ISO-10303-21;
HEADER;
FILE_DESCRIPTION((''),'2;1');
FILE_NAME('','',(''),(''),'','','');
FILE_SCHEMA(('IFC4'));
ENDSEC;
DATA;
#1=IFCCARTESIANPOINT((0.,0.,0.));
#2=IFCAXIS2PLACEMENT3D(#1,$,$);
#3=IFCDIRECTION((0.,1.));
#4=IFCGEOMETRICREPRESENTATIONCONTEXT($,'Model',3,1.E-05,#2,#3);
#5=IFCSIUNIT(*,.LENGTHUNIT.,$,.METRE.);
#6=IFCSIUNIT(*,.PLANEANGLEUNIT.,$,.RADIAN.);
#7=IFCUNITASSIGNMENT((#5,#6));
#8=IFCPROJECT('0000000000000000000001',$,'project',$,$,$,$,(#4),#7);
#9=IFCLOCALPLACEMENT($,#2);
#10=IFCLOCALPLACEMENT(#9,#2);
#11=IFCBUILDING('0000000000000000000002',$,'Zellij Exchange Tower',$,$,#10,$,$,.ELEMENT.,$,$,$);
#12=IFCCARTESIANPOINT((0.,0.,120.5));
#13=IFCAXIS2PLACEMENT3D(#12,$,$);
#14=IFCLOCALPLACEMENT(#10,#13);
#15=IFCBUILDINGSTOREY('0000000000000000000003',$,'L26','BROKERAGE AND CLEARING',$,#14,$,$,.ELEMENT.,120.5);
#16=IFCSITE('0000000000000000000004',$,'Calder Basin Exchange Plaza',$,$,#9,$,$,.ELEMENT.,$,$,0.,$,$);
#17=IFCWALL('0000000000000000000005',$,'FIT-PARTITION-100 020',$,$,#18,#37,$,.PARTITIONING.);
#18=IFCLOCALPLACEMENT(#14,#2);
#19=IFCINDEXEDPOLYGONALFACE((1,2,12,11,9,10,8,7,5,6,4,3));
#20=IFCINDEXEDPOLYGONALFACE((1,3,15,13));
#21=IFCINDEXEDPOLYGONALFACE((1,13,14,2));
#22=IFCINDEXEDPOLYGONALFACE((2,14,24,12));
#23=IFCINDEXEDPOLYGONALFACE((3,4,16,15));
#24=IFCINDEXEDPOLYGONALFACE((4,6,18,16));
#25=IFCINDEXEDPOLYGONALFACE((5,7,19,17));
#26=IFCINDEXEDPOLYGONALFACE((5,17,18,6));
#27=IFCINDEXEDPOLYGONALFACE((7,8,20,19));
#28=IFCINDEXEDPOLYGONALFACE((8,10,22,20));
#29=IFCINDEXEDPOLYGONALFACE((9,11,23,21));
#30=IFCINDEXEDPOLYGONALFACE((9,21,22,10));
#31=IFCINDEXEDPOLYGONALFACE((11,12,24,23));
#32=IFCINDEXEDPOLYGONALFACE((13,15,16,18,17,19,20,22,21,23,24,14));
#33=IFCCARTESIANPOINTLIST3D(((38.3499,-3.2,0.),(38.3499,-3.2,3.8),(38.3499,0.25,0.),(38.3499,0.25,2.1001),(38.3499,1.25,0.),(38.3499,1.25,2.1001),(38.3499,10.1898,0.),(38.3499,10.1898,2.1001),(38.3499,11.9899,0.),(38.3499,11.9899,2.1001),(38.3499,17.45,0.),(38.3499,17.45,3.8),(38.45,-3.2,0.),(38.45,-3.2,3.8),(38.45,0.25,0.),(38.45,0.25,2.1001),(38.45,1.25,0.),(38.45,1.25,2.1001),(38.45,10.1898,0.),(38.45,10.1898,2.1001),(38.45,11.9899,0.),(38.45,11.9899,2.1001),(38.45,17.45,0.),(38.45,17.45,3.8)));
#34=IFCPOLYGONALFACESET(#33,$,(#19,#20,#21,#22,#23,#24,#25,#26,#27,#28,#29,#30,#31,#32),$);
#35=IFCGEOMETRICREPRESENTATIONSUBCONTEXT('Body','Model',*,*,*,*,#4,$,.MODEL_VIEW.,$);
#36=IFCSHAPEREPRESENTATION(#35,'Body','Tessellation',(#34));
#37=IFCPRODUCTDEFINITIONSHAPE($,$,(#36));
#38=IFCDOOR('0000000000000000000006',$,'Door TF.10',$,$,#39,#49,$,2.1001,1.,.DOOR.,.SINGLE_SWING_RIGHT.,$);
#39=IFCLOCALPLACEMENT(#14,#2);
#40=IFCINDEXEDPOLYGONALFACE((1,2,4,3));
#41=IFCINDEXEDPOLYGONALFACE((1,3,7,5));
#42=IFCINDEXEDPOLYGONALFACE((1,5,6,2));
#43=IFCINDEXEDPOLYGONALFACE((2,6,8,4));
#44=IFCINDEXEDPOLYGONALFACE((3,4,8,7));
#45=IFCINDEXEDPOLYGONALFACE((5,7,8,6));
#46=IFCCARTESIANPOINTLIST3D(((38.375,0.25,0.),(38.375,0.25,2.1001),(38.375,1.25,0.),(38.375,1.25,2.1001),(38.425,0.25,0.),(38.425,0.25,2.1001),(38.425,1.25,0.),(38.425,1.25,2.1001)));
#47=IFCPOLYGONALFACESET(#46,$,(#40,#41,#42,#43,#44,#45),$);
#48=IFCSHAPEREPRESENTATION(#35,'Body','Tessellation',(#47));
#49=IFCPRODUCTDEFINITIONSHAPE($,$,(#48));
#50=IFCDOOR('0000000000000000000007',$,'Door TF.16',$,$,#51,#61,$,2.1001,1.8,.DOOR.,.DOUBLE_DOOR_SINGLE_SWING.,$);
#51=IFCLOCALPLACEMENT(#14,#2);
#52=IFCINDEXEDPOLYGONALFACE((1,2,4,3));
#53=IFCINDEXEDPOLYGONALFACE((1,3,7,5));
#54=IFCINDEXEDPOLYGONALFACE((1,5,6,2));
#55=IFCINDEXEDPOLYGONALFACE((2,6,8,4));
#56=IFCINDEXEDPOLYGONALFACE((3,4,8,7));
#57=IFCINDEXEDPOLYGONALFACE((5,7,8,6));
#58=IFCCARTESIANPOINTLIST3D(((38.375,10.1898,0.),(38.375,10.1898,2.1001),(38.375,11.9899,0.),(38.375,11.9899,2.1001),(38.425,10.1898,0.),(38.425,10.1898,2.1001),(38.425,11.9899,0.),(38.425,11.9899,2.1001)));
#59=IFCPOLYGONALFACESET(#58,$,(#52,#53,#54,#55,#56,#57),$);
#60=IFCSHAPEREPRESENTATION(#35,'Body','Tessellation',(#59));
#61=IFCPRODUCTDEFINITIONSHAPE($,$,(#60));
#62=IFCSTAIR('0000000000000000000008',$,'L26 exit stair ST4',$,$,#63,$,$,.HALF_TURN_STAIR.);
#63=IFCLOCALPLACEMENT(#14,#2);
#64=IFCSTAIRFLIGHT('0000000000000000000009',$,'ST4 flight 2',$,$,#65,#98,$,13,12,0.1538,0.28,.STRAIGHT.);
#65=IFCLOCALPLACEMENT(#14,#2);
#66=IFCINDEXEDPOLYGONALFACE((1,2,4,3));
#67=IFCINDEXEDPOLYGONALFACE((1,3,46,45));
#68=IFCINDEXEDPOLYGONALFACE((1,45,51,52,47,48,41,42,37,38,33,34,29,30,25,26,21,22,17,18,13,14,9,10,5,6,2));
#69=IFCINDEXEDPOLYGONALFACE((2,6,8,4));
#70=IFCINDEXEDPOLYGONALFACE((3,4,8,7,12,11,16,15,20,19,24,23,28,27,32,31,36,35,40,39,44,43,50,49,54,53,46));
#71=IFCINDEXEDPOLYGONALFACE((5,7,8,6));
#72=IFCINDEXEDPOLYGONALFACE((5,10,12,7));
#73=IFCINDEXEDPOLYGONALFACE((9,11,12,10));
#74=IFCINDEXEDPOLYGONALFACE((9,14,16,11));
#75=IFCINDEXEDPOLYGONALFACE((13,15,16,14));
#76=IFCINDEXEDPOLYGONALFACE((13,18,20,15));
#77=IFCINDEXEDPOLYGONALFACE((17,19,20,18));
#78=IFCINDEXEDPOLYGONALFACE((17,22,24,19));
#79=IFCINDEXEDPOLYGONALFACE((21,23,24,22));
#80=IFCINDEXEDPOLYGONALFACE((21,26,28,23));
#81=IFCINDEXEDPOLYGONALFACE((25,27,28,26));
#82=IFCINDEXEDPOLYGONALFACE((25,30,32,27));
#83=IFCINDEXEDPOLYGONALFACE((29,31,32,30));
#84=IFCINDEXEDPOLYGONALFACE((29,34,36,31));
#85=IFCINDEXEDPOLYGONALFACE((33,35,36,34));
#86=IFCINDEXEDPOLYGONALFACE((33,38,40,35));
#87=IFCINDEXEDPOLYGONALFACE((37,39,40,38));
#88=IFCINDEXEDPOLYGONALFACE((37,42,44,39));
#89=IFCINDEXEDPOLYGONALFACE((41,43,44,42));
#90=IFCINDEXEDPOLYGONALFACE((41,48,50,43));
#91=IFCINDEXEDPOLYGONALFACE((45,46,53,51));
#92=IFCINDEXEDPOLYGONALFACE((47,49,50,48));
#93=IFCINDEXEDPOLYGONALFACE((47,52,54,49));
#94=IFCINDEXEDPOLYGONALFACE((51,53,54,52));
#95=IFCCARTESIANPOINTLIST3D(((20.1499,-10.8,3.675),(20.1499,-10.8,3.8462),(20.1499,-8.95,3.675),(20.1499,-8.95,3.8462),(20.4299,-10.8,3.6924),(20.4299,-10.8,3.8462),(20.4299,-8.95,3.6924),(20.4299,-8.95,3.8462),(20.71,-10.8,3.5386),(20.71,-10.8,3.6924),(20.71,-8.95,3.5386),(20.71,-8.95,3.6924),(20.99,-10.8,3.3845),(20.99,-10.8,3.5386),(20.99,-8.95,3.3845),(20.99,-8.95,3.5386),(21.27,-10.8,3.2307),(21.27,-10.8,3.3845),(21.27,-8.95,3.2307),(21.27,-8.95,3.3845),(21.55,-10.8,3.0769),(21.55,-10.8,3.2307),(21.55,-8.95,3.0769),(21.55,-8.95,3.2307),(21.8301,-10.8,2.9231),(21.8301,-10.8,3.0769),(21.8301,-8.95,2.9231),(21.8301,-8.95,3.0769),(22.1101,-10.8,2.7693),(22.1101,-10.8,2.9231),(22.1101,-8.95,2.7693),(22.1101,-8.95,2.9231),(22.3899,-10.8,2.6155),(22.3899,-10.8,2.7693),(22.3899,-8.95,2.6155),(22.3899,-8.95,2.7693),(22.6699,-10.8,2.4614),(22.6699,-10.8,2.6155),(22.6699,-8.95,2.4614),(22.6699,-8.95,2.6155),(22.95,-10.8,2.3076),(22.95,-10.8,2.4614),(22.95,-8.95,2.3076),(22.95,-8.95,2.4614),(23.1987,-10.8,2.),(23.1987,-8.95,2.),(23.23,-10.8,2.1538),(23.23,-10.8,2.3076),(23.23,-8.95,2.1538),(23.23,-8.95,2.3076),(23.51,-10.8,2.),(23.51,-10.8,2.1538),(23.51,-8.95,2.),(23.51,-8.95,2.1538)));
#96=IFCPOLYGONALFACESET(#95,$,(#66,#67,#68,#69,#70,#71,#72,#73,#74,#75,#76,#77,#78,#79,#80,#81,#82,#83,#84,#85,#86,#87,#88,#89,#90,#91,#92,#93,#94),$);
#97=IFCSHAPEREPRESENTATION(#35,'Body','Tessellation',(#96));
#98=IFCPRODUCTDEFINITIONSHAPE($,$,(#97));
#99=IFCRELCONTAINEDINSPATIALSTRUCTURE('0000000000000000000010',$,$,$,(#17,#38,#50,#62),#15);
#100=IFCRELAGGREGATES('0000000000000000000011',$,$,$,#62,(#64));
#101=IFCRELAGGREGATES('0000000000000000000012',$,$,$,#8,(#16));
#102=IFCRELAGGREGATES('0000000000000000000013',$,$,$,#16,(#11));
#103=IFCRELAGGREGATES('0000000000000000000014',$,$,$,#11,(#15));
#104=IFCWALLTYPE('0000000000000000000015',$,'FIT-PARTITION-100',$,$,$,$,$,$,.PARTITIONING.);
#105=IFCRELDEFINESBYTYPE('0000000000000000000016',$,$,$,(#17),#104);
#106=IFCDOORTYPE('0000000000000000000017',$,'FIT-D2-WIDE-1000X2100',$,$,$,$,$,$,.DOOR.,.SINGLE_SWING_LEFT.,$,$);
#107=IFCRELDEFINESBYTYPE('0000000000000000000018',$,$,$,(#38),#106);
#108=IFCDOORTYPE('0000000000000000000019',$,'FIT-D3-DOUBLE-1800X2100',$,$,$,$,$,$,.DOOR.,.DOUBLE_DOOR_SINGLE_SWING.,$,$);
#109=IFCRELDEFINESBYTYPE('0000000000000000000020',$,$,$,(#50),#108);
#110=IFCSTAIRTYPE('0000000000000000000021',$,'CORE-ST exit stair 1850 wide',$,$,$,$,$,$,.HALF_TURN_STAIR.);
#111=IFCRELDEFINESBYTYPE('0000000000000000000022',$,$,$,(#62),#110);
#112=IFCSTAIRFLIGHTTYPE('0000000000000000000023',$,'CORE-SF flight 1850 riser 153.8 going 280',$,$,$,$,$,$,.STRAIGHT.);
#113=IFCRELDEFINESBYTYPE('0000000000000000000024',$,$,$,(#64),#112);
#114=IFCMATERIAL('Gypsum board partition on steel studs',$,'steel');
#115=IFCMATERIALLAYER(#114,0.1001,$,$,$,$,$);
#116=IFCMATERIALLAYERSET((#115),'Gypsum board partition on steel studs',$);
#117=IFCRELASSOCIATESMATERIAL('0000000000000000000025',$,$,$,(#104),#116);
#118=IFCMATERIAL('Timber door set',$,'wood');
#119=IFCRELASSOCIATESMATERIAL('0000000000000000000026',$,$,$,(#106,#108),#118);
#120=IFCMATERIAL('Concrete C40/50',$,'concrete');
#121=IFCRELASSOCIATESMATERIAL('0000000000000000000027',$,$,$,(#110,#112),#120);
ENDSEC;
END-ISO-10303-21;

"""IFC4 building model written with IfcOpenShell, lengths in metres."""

from ifc_helpers import new_model, si_unit, direction, frame, frame_2d, origin, place, context, subcontext, project, spatial, polyline, rectangle, outline, extrude, material, layer, layer_set, type_object, element, fill, aggregate, save


model = new_model("IFC4")

# Units and contexts
model_context = context("Model", 3, precision=1e-05, world=origin(), true_north=direction((0.0, 1.0)))
body_context = subcontext(model_context, "Body", "Model", "MODEL_VIEW")
ifc_project = project(units=[si_unit("LENGTHUNIT", "METRE"), si_unit("PLANEANGLEUNIT", "RADIAN")], contexts=[model_context])

# Site, building, storey
site_placement = place(None, origin())
site = spatial("IfcSite", under=ifc_project, at=site_placement, Name="Calder Basin Exchange Plaza", CompositionType="ELEMENT", RefElevation=0.0)
building_placement = place(site_placement, origin())
building = spatial("IfcBuilding", under=site, at=building_placement, Name="Zellij Exchange Tower", CompositionType="ELEMENT")
storey_placement = place(building_placement, frame((0.0, 0.0, 120.5)))
storey = spatial("IfcBuildingStorey", under=building, at=storey_placement, Name="L26", Description="BROKERAGE AND CLEARING", CompositionType="ELEMENT", Elevation=120.5)

# Shared definitions
ifc_material_1 = material(Name="Gypsum board partition on steel studs", Category="steel")
ifc_layer_1 = layer(ifc_material_1, 0.1001)
ifc_layer_set_1 = layer_set([ifc_layer_1], Name="Gypsum board partition on steel studs")
wall_type_1 = type_object("IfcWallType", Name="FIT-PARTITION-100", PredefinedType="PARTITIONING", material=ifc_layer_set_1)

# Wall, openings, doors
wall_1_placement = place(storey_placement, frame((38.3999, -3.2, 0.0), z_axis=(0.0, 0.0, 1.0), x_axis=(0.0, 1.0, 0.0)))
wall_1 = element("IfcWall", 1, at=wall_1_placement, inside=storey, type_object=wall_type_1, Name="FIT-PARTITION-100 020", PredefinedType="PARTITIONING", context=body_context, shape_type="SweptSolid", body=[
    extrude(rectangle(XDim=20.6499, YDim=0.1001, at=frame_2d((10.325, 0.0))), origin(), (0.0, 0.0, 1.0), 3.8),
])
opening_1_placement = place(wall_1_placement, frame((3.45, 0.0, 0.0)))
opening_1 = element("IfcOpeningElement", 2, at=opening_1_placement, cuts=wall_1, PredefinedType="OPENING", context=body_context, shape_type="SweptSolid", body=[
    extrude(rectangle(XDim=1.0, YDim=2.1001, at=frame_2d((0.5, 1.05))), frame((0.0, 0.062, 0.0), z_axis=(0.0, -1.0, 0.0), x_axis=(1.0, 0.0, 0.0)), (0.0, 0.0, 1.0), 0.124),
])
opening_2_placement = place(wall_1_placement, frame((13.3899, 0.0, 0.0)))
opening_2 = element("IfcOpeningElement", 3, at=opening_2_placement, cuts=wall_1, PredefinedType="OPENING", context=body_context, shape_type="SweptSolid", body=[
    extrude(rectangle(XDim=1.8, YDim=2.1001, at=frame_2d((0.8999, 1.05))), frame((0.0, 0.062, 0.0), z_axis=(0.0, -1.0, 0.0), x_axis=(1.0, 0.0, 0.0)), (0.0, 0.0, 1.0), 0.124),
])
ifc_material_2 = material(Name="Timber door set", Category="wood")
door_type_1 = type_object("IfcDoorType", Name="FIT-D2-WIDE-1000X2100", OperationType="SINGLE_SWING_LEFT", PredefinedType="DOOR", material=ifc_material_2)
door_1_placement = place(opening_1_placement, origin())
door_1 = element("IfcDoor", 4, at=door_1_placement, inside=storey, type_object=door_type_1, Name="Door TF.10", OperationType="SINGLE_SWING_RIGHT", OverallHeight=2.1001, OverallWidth=1.0, PredefinedType="DOOR", context=body_context, shape_type="SweptSolid", body=[
    extrude(rectangle(XDim=1.0, YDim=2.1001, at=frame_2d((0.5, 1.05))), frame((0.0, 0.0249, 0.0), z_axis=(0.0, -1.0, 0.0), x_axis=(1.0, 0.0, 0.0)), (0.0, 0.0, 1.0), 0.05),
])
fill(opening_1, door_1)
door_type_2 = type_object("IfcDoorType", Name="FIT-D3-DOUBLE-1800X2100", OperationType="DOUBLE_DOOR_SINGLE_SWING", PredefinedType="DOOR", material=ifc_material_2)
door_2_placement = place(opening_2_placement, origin())
door_2 = element("IfcDoor", 5, at=door_2_placement, inside=storey, type_object=door_type_2, Name="Door TF.16", OperationType="DOUBLE_DOOR_SINGLE_SWING", OverallHeight=2.1001, OverallWidth=1.8, PredefinedType="DOOR", context=body_context, shape_type="SweptSolid", body=[
    extrude(rectangle(XDim=1.8, YDim=2.1001, at=frame_2d((0.8999, 1.05))), frame((0.0, 0.0249, 0.0), z_axis=(0.0, -1.0, 0.0), x_axis=(1.0, 0.0, 0.0)), (0.0, 0.0, 1.0), 0.05),
])
fill(opening_2, door_2)

# Stair, stair flight
ifc_material_3 = material(Name="Concrete C40/50", Category="concrete")
stair_type = type_object("IfcStairType", Name="CORE-ST exit stair 1850 wide", PredefinedType="HALF_TURN_STAIR", material=ifc_material_3)
stair_placement = place(storey_placement, origin())
stair = element("IfcStair", 6, at=stair_placement, inside=storey, type_object=stair_type, Name="L26 exit stair ST4", PredefinedType="HALF_TURN_STAIR")
stair_flight_type = type_object("IfcStairFlightType", Name="CORE-SF flight 1850 riser 153.8 going 280", PredefinedType="STRAIGHT", material=ifc_material_3)
stair_flight_placement = place(storey_placement, frame((23.51, -9.875, 2.0), z_axis=(0.0, 0.0, 1.0), x_axis=(-1.0, 0.0, 0.0)))
stair_flight = element("IfcStairFlight", 7, at=stair_flight_placement, type_object=stair_flight_type, Name="ST4 flight 2", NumberOfRisers=13, NumberOfTreads=12, PredefinedType="STRAIGHT", RiserHeight=0.1538, TreadLength=0.28, context=body_context, shape_type="SweptSolid", body=[
    extrude(outline(polyline([(0.0, 0.0), (0.0, 0.1538), (0.28, 0.1538), (0.28, 0.3076), (0.5601, 0.3076), (0.5601, 0.4614), (0.8401, 0.4614), (0.8401, 0.6155), (1.1201, 0.6155), (1.1201, 0.7693), (1.3999, 0.7693), (1.3999, 0.9231), (1.6799, 0.9231), (1.6799, 1.0769), (1.96, 1.0769), (1.96, 1.2307), (2.24, 1.2307), (2.24, 1.3845), (2.52, 1.3845), (2.52, 1.5386), (2.8, 1.5386), (2.8, 1.6924), (3.0801, 1.6924), (3.0801, 1.8462), (3.3601, 1.8462), (3.3601, 2.0), (3.3601, 1.675), (0.3113, 0.0), (0.0, 0.0)])), frame((0.0, 0.925, 0.0), z_axis=(0.0, -1.0, 0.0), x_axis=(1.0, 0.0, 0.0)), (0.0, 0.0, 1.0), 1.8501),
])
aggregate(stair, [stair_flight])

save(model, "model.ifc")
